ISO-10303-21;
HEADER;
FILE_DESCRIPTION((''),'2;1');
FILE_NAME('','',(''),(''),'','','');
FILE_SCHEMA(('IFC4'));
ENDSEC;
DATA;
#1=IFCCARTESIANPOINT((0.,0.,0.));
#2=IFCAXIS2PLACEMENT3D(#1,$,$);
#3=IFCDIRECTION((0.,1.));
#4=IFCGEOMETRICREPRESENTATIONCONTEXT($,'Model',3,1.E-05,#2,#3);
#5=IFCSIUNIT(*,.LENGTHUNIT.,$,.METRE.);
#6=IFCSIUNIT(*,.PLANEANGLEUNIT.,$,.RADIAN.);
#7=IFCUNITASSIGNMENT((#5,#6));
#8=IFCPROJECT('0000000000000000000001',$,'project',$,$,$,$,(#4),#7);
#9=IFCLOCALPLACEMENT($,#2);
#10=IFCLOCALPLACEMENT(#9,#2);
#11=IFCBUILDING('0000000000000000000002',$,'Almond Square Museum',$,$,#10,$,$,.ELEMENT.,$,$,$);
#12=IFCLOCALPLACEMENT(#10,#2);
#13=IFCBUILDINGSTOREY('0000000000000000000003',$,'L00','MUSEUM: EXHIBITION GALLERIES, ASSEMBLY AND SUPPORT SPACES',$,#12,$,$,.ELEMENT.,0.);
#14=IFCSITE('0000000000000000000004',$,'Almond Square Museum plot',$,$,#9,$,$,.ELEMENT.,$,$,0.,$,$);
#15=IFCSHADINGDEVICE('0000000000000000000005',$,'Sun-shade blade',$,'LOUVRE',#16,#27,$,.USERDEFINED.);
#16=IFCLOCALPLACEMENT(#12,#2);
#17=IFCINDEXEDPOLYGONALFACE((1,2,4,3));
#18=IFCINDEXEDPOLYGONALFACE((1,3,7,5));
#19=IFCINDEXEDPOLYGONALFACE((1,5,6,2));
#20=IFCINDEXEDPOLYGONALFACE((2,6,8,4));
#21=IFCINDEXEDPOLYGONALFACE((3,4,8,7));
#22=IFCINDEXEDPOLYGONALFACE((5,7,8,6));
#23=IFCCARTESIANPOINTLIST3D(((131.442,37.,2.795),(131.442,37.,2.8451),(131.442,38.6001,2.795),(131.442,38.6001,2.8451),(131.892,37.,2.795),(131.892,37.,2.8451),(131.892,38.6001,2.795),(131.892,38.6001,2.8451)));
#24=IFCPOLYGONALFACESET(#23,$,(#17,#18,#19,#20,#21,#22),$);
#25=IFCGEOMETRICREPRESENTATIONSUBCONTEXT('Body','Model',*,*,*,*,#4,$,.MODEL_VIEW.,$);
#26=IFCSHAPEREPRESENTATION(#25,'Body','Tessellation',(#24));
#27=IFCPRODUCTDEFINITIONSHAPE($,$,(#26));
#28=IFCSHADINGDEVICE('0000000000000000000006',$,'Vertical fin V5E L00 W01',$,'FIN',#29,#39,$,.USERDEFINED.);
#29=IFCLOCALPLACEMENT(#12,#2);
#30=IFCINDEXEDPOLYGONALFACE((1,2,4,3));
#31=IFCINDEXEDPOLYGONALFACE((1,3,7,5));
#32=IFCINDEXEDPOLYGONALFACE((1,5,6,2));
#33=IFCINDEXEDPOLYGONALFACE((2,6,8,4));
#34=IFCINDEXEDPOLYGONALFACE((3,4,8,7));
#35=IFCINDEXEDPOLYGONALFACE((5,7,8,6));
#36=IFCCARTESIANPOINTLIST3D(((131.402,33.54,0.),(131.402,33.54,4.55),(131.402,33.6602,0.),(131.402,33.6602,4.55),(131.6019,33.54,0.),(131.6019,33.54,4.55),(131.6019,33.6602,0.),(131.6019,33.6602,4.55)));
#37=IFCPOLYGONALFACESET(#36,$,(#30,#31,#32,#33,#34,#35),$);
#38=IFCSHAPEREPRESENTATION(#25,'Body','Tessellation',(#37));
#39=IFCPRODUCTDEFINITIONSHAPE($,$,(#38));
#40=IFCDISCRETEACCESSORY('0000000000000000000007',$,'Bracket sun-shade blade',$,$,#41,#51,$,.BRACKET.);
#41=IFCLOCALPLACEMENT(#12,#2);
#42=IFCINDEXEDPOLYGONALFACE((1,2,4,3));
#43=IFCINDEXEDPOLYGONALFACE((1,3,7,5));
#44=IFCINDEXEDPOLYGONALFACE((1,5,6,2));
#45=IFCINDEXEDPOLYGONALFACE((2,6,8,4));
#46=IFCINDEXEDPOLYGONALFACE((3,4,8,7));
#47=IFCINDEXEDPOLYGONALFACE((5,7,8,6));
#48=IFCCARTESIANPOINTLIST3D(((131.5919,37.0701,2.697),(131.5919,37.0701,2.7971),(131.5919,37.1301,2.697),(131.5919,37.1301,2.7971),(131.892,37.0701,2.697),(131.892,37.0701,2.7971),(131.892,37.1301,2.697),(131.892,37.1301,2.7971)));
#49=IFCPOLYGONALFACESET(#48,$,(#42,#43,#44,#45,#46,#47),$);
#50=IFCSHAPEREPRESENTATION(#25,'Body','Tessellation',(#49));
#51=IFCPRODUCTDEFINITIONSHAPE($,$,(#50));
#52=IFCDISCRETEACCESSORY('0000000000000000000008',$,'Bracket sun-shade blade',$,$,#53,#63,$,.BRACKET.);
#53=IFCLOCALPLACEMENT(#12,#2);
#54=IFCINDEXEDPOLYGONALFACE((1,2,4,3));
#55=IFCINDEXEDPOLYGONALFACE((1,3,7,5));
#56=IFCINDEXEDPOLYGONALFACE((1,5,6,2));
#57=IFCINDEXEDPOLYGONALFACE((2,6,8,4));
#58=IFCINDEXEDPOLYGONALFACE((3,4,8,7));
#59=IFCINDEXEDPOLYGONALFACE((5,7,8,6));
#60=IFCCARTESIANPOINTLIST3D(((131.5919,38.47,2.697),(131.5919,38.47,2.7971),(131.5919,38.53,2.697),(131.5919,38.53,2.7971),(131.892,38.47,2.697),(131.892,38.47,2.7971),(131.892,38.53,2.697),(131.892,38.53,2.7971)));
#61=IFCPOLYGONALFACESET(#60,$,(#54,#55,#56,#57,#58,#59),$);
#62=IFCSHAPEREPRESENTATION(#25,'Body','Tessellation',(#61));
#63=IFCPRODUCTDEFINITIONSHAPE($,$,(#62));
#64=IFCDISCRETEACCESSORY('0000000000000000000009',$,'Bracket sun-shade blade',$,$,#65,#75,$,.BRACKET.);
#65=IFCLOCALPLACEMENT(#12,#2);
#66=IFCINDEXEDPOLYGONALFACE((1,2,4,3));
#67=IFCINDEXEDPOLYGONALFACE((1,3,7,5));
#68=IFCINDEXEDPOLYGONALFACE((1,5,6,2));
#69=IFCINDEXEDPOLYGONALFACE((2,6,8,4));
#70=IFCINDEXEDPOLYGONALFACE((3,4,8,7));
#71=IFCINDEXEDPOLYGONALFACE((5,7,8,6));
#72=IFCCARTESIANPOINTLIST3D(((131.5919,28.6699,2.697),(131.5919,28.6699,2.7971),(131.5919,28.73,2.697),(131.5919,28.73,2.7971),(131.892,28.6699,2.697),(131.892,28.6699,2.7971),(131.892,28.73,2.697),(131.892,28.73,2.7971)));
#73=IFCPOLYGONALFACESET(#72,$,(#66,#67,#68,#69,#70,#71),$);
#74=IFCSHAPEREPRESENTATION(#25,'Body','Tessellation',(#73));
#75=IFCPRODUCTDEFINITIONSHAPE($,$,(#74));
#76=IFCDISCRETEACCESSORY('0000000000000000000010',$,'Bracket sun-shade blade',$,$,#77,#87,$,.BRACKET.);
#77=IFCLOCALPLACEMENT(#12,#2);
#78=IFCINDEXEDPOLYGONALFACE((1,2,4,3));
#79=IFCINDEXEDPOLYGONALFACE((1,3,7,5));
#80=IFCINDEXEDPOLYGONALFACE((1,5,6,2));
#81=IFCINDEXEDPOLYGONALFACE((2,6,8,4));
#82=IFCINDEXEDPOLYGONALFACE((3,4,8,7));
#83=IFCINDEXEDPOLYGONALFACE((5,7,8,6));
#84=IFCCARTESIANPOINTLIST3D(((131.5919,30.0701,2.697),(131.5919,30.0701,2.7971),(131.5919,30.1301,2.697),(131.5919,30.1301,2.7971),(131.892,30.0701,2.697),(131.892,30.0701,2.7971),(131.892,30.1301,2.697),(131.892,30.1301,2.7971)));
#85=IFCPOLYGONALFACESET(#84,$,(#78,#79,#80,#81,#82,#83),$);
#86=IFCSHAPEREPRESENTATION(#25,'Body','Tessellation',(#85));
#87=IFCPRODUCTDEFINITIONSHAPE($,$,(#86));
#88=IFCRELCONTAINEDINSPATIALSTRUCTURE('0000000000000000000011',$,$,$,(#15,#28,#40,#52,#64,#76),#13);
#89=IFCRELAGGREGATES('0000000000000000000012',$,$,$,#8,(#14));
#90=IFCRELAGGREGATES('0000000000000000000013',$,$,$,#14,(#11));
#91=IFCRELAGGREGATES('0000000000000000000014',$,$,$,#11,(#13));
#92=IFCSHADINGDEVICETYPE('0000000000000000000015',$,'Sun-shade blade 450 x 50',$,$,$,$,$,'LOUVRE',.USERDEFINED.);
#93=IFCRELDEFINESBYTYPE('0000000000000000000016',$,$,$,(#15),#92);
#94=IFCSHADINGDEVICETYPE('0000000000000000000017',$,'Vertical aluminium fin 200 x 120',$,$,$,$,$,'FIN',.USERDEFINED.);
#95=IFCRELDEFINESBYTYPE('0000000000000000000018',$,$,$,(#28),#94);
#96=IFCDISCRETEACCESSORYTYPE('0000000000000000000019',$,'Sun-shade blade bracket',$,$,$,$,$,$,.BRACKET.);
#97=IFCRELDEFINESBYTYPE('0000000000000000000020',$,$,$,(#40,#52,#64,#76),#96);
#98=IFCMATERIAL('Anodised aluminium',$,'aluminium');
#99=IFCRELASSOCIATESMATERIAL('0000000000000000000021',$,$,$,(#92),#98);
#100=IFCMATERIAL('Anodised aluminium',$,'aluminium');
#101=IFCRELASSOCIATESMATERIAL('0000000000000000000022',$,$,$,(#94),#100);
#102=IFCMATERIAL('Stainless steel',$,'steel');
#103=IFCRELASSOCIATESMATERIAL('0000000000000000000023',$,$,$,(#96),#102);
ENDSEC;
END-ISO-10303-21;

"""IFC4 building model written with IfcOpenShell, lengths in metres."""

from ifc_helpers import new_model, si_unit, direction, frame, origin, origin_2d, place, context, subcontext, project, spatial, rectangle, extrude, material, material_profile, profile_set, type_object, element, save


model = new_model("IFC4")

# Units and contexts
model_context = context("Model", 3, precision=1e-05, world=origin(), true_north=direction((0.0, 1.0)))
body_context = subcontext(model_context, "Body", "Model", "MODEL_VIEW")
ifc_project = project(units=[si_unit("LENGTHUNIT", "METRE"), si_unit("PLANEANGLEUNIT", "RADIAN")], contexts=[model_context])

# Site, building, storey
site_placement = place(None, origin())
site = spatial("IfcSite", under=ifc_project, at=site_placement, Name="Almond Square Museum plot", CompositionType="ELEMENT", RefElevation=0.0)
building_placement = place(site_placement, origin())
building = spatial("IfcBuilding", under=site, at=building_placement, Name="Almond Square Museum", CompositionType="ELEMENT")
storey_placement = place(building_placement, origin())
storey = spatial("IfcBuildingStorey", under=building, at=storey_placement, Name="L00", Description="MUSEUM: EXHIBITION GALLERIES, ASSEMBLY AND SUPPORT SPACES", CompositionType="ELEMENT", Elevation=0.0)

# Shading devices
ifc_material_1 = material(Name="Anodised aluminium", Category="aluminium")
ifc_material_profile_1 = material_profile(ifc_material_1, rectangle(XDim=0.45, YDim=0.05, at=origin_2d()))
ifc_profile_set_1 = profile_set([ifc_material_profile_1], Name="Anodised aluminium")
shading_device_type_1 = type_object("IfcShadingDeviceType", Name="Sun-shade blade 450 x 50", ElementType="LOUVRE", PredefinedType="USERDEFINED", material=ifc_profile_set_1)
shading_device_1_placement = place(storey_placement, frame((131.667, 37.0, 2.8201), z_axis=(0.0, 1.0, 0.0), x_axis=(-1.0, 0.0, 0.0)))
element("IfcShadingDevice", 1, at=shading_device_1_placement, inside=storey, type_object=shading_device_type_1, Name="Sun-shade blade", ObjectType="LOUVRE", PredefinedType="USERDEFINED", context=body_context, shape_type="SweptSolid", body=[
    extrude(rectangle(XDim=0.45, YDim=0.05, at=origin_2d()), origin(), (0.0, 0.0, 1.0), 1.6001),
])
ifc_material_2 = material(Name="Anodised aluminium", Category="aluminium")
ifc_material_profile_2 = material_profile(ifc_material_2, rectangle(XDim=0.2, YDim=0.1201, at=origin_2d()))
ifc_profile_set_2 = profile_set([ifc_material_profile_2], Name="Anodised aluminium")
shading_device_type_2 = type_object("IfcShadingDeviceType", Name="Vertical aluminium fin 200 x 120", ElementType="FIN", PredefinedType="USERDEFINED", material=ifc_profile_set_2)
shading_device_2_placement = place(storey_placement, frame((131.502, 33.6001, 0.0), z_axis=(0.0, 0.0, 1.0), x_axis=(-1.0, 0.0, 0.0)))
element("IfcShadingDevice", 2, at=shading_device_2_placement, inside=storey, type_object=shading_device_type_2, Name="Vertical fin V5E L00 W01", ObjectType="FIN", PredefinedType="USERDEFINED", context=body_context, shape_type="SweptSolid", body=[
    extrude(rectangle(XDim=0.2, YDim=0.1201, at=origin_2d()), origin(), (0.0, 0.0, 1.0), 4.55),
])

# Discrete accessories
ifc_material_3 = material(Name="Stainless steel", Category="steel")
discrete_accessory_type = type_object("IfcDiscreteAccessoryType", Name="Sun-shade blade bracket", PredefinedType="BRACKET", material=ifc_material_3)
for number, where, z_axis, x_axis, name in (
    (3, (131.7419, 37.1001, 2.697), (0.0, 0.0, 1.0), (1.0, 0.0, 0.0), "Bracket sun-shade blade"),
    (4, (131.7419, 38.5, 2.697), (0.0, 0.0, 1.0), (1.0, 0.0, 0.0), "Bracket sun-shade blade"),
    (5, (131.7419, 28.7, 2.697), (0.0, 0.0, 1.0), (1.0, 0.0, 0.0), "Bracket sun-shade blade"),
    (6, (131.7419, 30.1001, 2.697), (0.0, 0.0, 1.0), (1.0, 0.0, 0.0), "Bracket sun-shade blade"),
):
    element("IfcDiscreteAccessory", number, at=place(storey_placement, frame(where, z_axis=z_axis, x_axis=x_axis)), inside=storey, type_object=discrete_accessory_type, Name=name, PredefinedType="BRACKET", context=body_context, shape_type="SweptSolid", body=[
        extrude(rectangle(XDim=0.3, YDim=0.0601, at=origin_2d()), origin(), (0.0, 0.0, 1.0), 0.1001),
    ])

save(model, "model.ifc")
